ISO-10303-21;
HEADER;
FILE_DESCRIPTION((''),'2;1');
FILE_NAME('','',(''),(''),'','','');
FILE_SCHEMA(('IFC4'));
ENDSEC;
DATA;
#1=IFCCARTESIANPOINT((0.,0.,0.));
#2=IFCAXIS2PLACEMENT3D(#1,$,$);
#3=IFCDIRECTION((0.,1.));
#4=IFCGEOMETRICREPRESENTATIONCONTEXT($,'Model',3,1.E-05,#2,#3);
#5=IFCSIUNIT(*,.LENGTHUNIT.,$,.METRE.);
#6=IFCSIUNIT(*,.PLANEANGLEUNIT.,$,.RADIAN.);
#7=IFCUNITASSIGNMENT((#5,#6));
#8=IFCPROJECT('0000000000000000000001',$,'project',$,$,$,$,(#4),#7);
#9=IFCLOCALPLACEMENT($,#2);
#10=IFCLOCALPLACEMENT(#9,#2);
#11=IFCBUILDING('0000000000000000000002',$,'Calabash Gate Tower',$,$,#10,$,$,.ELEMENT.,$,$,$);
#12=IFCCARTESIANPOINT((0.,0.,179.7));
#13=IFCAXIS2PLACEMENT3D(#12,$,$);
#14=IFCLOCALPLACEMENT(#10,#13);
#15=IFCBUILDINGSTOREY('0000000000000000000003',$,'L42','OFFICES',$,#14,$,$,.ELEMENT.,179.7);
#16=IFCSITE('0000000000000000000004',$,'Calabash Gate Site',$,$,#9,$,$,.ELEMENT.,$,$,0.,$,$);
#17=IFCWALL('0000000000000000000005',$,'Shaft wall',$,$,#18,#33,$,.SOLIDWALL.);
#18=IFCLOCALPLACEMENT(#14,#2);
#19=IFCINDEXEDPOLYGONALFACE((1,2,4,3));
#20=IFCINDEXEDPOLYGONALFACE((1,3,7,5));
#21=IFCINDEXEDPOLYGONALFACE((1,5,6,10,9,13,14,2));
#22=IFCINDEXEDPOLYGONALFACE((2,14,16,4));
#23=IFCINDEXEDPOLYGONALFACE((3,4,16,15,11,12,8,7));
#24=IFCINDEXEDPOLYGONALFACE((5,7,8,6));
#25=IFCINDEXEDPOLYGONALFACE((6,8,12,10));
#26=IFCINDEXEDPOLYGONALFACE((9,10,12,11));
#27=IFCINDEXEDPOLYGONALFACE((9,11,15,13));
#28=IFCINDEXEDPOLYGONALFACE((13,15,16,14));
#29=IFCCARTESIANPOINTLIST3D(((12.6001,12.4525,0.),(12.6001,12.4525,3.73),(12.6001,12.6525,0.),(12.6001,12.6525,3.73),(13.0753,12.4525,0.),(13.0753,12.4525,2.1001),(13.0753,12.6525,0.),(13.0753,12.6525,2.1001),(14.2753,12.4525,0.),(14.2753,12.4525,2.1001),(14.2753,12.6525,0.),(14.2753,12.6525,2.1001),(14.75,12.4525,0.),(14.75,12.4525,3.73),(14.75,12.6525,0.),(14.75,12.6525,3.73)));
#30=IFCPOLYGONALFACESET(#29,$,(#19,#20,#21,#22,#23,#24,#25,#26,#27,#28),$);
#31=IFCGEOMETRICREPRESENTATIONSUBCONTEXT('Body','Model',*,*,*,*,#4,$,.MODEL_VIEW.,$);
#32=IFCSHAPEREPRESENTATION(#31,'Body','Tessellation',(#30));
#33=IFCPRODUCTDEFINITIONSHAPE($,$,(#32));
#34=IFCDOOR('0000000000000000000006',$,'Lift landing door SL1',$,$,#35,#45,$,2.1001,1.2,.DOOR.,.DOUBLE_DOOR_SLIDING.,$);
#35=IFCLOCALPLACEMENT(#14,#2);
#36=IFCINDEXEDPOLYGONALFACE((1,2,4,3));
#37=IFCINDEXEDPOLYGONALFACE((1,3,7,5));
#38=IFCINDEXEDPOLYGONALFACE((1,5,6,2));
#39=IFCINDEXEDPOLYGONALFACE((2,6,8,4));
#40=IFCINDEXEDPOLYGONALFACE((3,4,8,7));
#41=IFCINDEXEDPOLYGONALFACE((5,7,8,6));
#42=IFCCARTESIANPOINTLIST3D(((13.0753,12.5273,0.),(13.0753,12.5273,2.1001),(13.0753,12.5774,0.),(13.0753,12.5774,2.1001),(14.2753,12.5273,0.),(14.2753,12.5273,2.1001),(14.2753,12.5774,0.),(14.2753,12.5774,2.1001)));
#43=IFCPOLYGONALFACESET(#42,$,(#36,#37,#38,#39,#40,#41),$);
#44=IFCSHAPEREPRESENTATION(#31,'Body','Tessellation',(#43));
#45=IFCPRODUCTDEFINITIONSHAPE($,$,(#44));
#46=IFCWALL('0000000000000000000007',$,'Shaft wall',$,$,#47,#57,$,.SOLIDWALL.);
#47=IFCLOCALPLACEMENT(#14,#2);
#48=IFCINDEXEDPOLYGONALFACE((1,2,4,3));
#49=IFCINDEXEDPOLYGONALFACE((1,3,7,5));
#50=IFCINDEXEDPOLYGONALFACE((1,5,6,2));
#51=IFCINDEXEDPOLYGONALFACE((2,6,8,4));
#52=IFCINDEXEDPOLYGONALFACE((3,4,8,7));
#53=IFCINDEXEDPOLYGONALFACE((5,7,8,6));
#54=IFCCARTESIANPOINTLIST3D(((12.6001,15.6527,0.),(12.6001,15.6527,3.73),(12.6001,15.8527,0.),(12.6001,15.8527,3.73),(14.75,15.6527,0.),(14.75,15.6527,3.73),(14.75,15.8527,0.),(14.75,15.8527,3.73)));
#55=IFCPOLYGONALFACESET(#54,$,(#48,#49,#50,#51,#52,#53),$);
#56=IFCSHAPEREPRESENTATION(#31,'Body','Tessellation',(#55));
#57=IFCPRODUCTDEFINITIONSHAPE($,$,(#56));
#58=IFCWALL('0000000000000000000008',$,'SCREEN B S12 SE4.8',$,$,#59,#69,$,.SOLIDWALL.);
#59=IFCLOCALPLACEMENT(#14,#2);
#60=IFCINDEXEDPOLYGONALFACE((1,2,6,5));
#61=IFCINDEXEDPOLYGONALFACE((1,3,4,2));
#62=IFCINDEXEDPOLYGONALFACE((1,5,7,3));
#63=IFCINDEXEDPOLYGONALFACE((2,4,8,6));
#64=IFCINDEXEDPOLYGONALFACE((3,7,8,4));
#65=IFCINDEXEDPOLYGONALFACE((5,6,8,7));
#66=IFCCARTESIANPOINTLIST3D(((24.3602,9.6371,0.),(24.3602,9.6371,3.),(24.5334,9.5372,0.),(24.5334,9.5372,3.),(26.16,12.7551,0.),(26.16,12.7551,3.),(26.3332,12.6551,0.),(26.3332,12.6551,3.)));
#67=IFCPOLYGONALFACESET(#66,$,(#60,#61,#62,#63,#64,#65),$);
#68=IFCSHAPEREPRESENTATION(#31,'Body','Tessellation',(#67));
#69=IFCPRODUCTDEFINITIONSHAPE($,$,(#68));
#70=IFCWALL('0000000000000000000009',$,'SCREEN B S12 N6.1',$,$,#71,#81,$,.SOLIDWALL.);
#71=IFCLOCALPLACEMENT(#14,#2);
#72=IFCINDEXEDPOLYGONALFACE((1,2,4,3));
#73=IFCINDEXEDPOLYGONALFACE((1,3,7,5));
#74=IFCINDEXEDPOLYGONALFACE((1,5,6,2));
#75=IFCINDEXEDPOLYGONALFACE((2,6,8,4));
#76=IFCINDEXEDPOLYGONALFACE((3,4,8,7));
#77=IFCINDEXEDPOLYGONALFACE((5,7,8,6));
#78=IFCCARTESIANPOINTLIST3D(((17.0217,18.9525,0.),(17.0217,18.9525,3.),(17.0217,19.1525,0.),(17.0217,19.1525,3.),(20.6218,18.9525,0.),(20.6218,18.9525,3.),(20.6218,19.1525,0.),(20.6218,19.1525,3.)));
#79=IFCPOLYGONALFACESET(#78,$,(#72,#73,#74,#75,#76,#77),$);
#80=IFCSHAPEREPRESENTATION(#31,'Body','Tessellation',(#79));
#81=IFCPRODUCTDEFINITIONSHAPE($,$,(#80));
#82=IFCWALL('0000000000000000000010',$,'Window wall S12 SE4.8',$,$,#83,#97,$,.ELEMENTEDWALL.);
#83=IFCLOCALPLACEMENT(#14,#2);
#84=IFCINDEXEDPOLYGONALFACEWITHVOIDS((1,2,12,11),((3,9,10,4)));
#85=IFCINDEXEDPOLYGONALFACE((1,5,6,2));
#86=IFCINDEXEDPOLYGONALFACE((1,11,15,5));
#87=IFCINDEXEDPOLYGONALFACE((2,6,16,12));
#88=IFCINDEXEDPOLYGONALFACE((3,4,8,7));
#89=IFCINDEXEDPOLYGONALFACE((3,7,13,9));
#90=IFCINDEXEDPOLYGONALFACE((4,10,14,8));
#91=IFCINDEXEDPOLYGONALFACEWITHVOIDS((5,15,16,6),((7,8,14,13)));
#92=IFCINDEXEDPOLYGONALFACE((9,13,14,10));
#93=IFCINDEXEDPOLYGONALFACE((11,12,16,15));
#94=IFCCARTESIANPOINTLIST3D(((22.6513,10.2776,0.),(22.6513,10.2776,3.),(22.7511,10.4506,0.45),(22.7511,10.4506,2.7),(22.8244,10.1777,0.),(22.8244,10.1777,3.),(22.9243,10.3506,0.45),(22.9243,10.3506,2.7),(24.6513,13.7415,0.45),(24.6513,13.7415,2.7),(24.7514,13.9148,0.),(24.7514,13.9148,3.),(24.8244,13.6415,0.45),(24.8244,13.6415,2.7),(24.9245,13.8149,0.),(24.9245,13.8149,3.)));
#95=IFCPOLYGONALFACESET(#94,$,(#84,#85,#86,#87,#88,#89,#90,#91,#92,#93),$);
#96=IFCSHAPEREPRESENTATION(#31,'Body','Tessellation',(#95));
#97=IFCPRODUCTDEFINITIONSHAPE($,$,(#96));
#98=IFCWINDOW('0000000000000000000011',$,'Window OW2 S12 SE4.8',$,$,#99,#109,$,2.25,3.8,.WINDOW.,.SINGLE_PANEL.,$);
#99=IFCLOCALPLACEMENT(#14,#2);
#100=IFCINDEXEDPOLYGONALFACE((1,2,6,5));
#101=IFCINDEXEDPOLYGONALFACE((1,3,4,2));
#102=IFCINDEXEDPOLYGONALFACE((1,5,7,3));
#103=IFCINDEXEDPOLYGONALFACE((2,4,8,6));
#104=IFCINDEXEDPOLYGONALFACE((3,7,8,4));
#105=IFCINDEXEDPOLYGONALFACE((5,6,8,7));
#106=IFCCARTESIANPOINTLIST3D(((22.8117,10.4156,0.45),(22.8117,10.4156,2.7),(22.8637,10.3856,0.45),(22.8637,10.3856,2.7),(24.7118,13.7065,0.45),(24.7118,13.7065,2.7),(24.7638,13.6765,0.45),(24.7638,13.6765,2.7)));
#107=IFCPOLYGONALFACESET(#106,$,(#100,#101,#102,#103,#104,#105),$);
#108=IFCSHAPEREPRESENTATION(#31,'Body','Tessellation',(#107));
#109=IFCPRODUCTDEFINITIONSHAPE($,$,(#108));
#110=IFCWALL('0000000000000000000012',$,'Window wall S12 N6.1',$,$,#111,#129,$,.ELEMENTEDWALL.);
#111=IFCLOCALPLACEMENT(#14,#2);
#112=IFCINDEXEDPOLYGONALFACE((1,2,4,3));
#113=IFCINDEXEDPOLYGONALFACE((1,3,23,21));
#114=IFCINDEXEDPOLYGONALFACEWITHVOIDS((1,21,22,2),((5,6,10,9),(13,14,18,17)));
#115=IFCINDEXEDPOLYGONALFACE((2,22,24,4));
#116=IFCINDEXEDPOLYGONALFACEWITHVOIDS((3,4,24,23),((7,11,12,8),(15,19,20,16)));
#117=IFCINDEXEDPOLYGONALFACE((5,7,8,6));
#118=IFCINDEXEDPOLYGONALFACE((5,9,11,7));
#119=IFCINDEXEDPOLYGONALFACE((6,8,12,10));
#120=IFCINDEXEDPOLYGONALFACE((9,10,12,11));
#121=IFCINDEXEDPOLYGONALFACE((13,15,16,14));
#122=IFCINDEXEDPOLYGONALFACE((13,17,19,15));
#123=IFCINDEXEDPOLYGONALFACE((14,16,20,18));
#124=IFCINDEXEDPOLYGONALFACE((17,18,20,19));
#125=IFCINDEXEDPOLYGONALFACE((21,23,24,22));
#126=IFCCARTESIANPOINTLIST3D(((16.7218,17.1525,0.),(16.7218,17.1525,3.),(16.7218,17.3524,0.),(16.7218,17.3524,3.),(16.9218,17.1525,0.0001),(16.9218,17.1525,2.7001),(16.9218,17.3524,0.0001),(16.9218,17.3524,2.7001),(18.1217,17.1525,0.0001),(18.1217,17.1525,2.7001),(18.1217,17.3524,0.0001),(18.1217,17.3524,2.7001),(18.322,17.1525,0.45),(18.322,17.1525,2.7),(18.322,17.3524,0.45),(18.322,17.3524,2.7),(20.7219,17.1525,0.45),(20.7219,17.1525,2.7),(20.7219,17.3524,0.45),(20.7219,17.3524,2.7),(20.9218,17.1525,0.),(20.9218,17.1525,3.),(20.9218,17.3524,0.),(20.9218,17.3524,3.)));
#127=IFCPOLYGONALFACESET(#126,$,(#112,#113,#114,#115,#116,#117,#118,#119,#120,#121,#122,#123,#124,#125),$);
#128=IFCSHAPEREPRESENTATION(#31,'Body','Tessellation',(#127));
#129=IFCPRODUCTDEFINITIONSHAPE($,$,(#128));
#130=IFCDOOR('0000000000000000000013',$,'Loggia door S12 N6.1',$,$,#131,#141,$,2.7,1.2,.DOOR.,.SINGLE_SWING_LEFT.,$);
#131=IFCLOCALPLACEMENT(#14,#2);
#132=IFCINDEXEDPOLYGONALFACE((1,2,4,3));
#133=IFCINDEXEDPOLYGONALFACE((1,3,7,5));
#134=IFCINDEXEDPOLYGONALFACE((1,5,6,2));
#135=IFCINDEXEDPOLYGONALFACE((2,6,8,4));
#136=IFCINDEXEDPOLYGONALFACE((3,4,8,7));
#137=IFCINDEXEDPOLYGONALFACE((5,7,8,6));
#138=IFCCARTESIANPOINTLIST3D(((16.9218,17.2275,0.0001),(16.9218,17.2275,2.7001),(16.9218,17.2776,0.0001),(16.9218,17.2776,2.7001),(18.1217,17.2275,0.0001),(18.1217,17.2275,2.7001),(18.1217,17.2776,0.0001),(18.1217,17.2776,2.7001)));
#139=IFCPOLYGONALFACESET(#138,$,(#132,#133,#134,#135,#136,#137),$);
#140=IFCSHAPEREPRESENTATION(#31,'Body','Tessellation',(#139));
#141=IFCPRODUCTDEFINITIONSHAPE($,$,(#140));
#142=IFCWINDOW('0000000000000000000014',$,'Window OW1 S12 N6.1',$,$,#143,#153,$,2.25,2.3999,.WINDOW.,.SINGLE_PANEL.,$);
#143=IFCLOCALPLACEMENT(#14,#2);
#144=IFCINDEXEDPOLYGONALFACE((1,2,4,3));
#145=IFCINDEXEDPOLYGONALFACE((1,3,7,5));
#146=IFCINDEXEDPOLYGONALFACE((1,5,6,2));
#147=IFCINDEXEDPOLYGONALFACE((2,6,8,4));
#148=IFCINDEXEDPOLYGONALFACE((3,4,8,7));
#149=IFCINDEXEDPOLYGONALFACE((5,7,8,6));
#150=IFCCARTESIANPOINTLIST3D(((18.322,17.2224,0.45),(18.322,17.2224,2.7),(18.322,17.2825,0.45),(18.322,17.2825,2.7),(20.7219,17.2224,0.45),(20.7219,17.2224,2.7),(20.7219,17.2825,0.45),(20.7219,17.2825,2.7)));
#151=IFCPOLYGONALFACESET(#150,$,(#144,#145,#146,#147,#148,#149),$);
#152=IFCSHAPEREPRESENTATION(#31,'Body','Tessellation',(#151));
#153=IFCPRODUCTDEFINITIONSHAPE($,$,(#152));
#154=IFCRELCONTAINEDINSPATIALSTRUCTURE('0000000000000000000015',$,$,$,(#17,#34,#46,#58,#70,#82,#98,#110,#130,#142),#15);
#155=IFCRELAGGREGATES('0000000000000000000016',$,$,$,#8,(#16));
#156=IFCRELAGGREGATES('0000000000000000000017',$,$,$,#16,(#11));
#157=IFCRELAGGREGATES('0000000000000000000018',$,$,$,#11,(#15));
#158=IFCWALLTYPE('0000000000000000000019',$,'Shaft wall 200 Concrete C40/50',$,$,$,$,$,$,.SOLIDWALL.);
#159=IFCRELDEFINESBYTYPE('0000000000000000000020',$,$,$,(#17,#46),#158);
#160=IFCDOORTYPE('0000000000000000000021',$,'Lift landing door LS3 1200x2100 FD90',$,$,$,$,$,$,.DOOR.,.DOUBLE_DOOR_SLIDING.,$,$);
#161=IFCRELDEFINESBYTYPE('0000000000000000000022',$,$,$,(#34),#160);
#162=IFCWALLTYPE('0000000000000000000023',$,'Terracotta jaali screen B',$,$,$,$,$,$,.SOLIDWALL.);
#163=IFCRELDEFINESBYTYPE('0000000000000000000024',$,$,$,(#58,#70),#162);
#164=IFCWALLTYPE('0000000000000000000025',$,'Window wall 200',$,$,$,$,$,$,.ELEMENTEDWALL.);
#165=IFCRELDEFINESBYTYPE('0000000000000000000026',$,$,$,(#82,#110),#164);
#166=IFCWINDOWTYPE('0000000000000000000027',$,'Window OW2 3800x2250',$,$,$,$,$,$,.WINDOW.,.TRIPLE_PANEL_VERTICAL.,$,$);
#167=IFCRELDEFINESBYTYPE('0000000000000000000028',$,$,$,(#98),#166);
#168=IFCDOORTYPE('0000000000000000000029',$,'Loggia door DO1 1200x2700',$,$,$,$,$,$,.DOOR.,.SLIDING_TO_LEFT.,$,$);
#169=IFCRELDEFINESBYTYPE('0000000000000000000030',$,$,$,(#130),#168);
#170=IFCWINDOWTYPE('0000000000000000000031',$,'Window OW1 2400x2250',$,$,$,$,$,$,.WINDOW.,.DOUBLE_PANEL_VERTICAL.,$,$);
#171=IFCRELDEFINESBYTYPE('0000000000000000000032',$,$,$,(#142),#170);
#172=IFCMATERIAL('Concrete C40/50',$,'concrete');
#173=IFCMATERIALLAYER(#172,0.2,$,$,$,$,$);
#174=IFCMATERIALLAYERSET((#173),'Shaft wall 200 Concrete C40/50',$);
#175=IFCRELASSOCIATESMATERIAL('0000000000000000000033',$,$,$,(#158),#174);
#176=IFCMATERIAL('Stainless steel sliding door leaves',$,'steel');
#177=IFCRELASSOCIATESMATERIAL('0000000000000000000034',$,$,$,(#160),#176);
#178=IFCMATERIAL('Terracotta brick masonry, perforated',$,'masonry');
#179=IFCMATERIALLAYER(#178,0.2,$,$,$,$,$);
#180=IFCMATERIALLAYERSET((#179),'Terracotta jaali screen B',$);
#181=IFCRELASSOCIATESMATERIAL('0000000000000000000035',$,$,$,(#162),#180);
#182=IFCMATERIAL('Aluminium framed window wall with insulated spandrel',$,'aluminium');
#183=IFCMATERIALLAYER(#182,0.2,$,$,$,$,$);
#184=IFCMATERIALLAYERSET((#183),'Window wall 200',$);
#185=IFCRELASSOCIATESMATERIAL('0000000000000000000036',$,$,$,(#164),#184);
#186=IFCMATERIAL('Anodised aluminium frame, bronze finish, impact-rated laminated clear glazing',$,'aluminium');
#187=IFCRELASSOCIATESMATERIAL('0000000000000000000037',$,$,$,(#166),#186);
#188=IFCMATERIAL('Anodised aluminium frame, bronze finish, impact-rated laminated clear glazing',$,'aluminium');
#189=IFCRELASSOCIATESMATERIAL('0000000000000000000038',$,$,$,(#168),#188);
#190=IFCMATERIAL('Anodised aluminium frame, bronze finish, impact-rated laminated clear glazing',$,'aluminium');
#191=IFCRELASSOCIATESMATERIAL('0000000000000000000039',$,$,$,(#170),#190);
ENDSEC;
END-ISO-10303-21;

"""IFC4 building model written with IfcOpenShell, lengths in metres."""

from ifc_helpers import new_model, si_unit, direction, frame, frame_2d, origin, place, context, subcontext, project, spatial, rectangle, extrude, material, layer, layer_set, type_object, element, fill, save


model = new_model("IFC4")

# Units and contexts
model_context = context("Model", 3, precision=1e-05, world=origin(), true_north=direction((0.0, 1.0)))
body_context = subcontext(model_context, "Body", "Model", "MODEL_VIEW")
ifc_project = project(units=[si_unit("LENGTHUNIT", "METRE"), si_unit("PLANEANGLEUNIT", "RADIAN")], contexts=[model_context])

# Site, building, storey
site_placement = place(None, origin())
site = spatial("IfcSite", under=ifc_project, at=site_placement, Name="Calabash Gate Site", CompositionType="ELEMENT", RefElevation=0.0)
building_placement = place(site_placement, origin())
building = spatial("IfcBuilding", under=site, at=building_placement, Name="Calabash Gate Tower", CompositionType="ELEMENT")
storey_placement = place(building_placement, frame((0.0, 0.0, 179.7)))
storey = spatial("IfcBuildingStorey", under=building, at=storey_placement, Name="L42", Description="OFFICES", CompositionType="ELEMENT", Elevation=179.7)

# Shared definitions
ifc_material_1 = material(Name="Concrete C40/50", Category="concrete")
ifc_layer_1 = layer(ifc_material_1, 0.2)
ifc_layer_set_1 = layer_set([ifc_layer_1], Name="Shaft wall 200 Concrete C40/50")
wall_type_1 = type_object("IfcWallType", Name="Shaft wall 200 Concrete C40/50", PredefinedType="SOLIDWALL", material=ifc_layer_set_1)

# Wall, opening, door
wall_1_placement = place(storey_placement, frame((12.6001, 12.5525, 0.0), z_axis=(0.0, 0.0, 1.0), x_axis=(1.0, 0.0, 0.0)))
wall_1 = element("IfcWall", 1, at=wall_1_placement, inside=storey, type_object=wall_type_1, Name="Shaft wall", PredefinedType="SOLIDWALL", context=body_context, shape_type="SweptSolid", body=[
    extrude(rectangle(XDim=2.1499, YDim=0.2, at=frame_2d((1.075, 0.0))), origin(), (0.0, 0.0, 1.0), 3.73),
])
opening_1_placement = place(wall_1_placement, frame((0.4751, 0.0, 0.0)))
opening_1 = element("IfcOpeningElement", 2, at=opening_1_placement, cuts=wall_1, PredefinedType="OPENING", context=body_context, shape_type="SweptSolid", body=[
    extrude(rectangle(XDim=1.2, YDim=2.1001, at=frame_2d((0.6001, 1.05))), frame((0.0, 0.1099, 0.0), z_axis=(0.0, -1.0, 0.0), x_axis=(1.0, 0.0, 0.0)), (0.0, 0.0, 1.0), 0.22),
])
ifc_material_2 = material(Name="Stainless steel sliding door leaves", Category="steel")
door_type_1 = type_object("IfcDoorType", Name="Lift landing door LS3 1200x2100 FD90", OperationType="DOUBLE_DOOR_SLIDING", PredefinedType="DOOR", material=ifc_material_2)
door_1_placement = place(opening_1_placement, origin())
door_1 = element("IfcDoor", 3, at=door_1_placement, inside=storey, type_object=door_type_1, Name="Lift landing door SL1", OperationType="DOUBLE_DOOR_SLIDING", OverallHeight=2.1001, OverallWidth=1.2, PredefinedType="DOOR", context=body_context, shape_type="SweptSolid", body=[
    extrude(rectangle(XDim=1.2, YDim=2.1001, at=frame_2d((0.6001, 1.05))), frame((0.0, 0.0249, 0.0), z_axis=(0.0, -1.0, 0.0), x_axis=(1.0, 0.0, 0.0)), (0.0, 0.0, 1.0), 0.05),
])
fill(opening_1, door_1)

# Walls
wall_2_placement = place(storey_placement, frame((12.6001, 15.7527, 0.0), z_axis=(0.0, 0.0, 1.0), x_axis=(1.0, 0.0, 0.0)))
element("IfcWall", 4, at=wall_2_placement, inside=storey, type_object=wall_type_1, Name="Shaft wall", PredefinedType="SOLIDWALL", context=body_context, shape_type="SweptSolid", body=[
    extrude(rectangle(XDim=2.1499, YDim=0.2, at=frame_2d((1.075, 0.0))), origin(), (0.0, 0.0, 1.0), 3.73),
])
ifc_material_3 = material(Name="Terracotta brick masonry, perforated", Category="masonry")
ifc_layer_2 = layer(ifc_material_3, 0.2)
ifc_layer_set_2 = layer_set([ifc_layer_2], Name="Terracotta jaali screen B")
wall_type_2 = type_object("IfcWallType", Name="Terracotta jaali screen B", PredefinedType="SOLIDWALL", material=ifc_layer_set_2)
for number, where, z_axis, x_axis, name in (
    (5, (24.4468, 9.5872, 0.0), (0.0, 0.0, 1.0), (0.499932, 0.866065, 0.0), "SCREEN B S12 SE4.8"),
    (6, (20.6218, 19.0525, 0.0), (0.0, 0.0, 1.0), (-1.0, 0.0, 0.0), "SCREEN B S12 N6.1"),
):
    element("IfcWall", number, at=place(storey_placement, frame(where, z_axis=z_axis, x_axis=x_axis)), inside=storey, type_object=wall_type_2, Name=name, PredefinedType="SOLIDWALL", context=body_context, shape_type="SweptSolid", body=[
        extrude(rectangle(XDim=3.6001, YDim=0.2, at=frame_2d((1.8, 0.0))), origin(), (0.0, 0.0, 1.0), 3.0),
    ])

# Wall, opening, window
ifc_material_4 = material(Name="Aluminium framed window wall with insulated spandrel", Category="aluminium")
ifc_layer_3 = layer(ifc_material_4, 0.2)
ifc_layer_set_3 = layer_set([ifc_layer_3], Name="Window wall 200")
wall_type_3 = type_object("IfcWallType", Name="Window wall 200", PredefinedType="ELEMENTEDWALL", material=ifc_layer_set_3)
wall_3_placement = place(storey_placement, frame((22.7378, 10.2275, 0.0), z_axis=(0.0, 0.0, 1.0), x_axis=(0.500028, 0.866009, 0.0)))
wall_3 = element("IfcWall", 7, at=wall_3_placement, inside=storey, type_object=wall_type_3, Name="Window wall S12 SE4.8", PredefinedType="ELEMENTEDWALL", context=body_context, shape_type="SweptSolid", body=[
    extrude(rectangle(XDim=4.2, YDim=0.2, at=frame_2d((2.1001, 0.0))), origin(), (0.0, 0.0, 1.0), 3.0),
])
opening_2_placement = place(wall_3_placement, frame((0.2, 0.0, 0.45)))
opening_2 = element("IfcOpeningElement", 8, at=opening_2_placement, cuts=wall_3, PredefinedType="OPENING", context=body_context, shape_type="SweptSolid", body=[
    extrude(rectangle(XDim=3.8, YDim=2.25, at=frame_2d((1.8999, 1.125))), frame((0.0, 0.1099, 0.0), z_axis=(0.0, -1.0, 0.0), x_axis=(1.0, 0.0, 0.0)), (0.0, 0.0, 1.0), 0.22),
])
ifc_material_5 = material(Name="Anodised aluminium frame, bronze finish, impact-rated laminated clear glazing", Category="aluminium")
window_type_1 = type_object("IfcWindowType", Name="Window OW2 3800x2250", PartitioningType="TRIPLE_PANEL_VERTICAL", PredefinedType="WINDOW", material=ifc_material_5)
window_1_placement = place(opening_2_placement, origin())
window_1 = element("IfcWindow", 9, at=window_1_placement, inside=storey, type_object=window_type_1, Name="Window OW2 S12 SE4.8", OverallHeight=2.25, OverallWidth=3.8, PartitioningType="SINGLE_PANEL", PredefinedType="WINDOW", context=body_context, shape_type="SweptSolid", body=[
    extrude(rectangle(XDim=3.8, YDim=2.25, at=frame_2d((1.8999, 1.125))), frame((0.0, 0.03, 0.0), z_axis=(0.0, -1.0, 0.0), x_axis=(1.0, 0.0, 0.0)), (0.0, 0.0, 1.0), 0.0601),
])
fill(opening_2, window_1)

# Wall, openings, door, window
wall_4_placement = place(storey_placement, frame((20.9219, 17.2524, 0.0), z_axis=(0.0, 0.0, 1.0), x_axis=(-1.0, 0.0, 0.0)))
wall_4 = element("IfcWall", 10, at=wall_4_placement, inside=storey, type_object=wall_type_3, Name="Window wall S12 N6.1", PredefinedType="ELEMENTEDWALL", context=body_context, shape_type="SweptSolid", body=[
    extrude(rectangle(XDim=4.2, YDim=0.2, at=frame_2d((2.1001, 0.0))), origin(), (0.0, 0.0, 1.0), 3.0),
])
opening_3_placement = place(wall_4_placement, frame((0.2, 0.0, 0.45)))
opening_3 = element("IfcOpeningElement", 11, at=opening_3_placement, cuts=wall_4, PredefinedType="OPENING", context=body_context, shape_type="SweptSolid", body=[
    extrude(rectangle(XDim=2.3999, YDim=2.25, at=frame_2d((1.2, 1.125))), frame((0.0, 0.1099, 0.0), z_axis=(0.0, -1.0, 0.0), x_axis=(1.0, 0.0, 0.0)), (0.0, 0.0, 1.0), 0.22),
])
opening_4_placement = place(wall_4_placement, frame((2.8, 0.0, 0.0)))
opening_4 = element("IfcOpeningElement", 12, at=opening_4_placement, cuts=wall_4, PredefinedType="OPENING", context=body_context, shape_type="SweptSolid", body=[
    extrude(rectangle(XDim=1.2, YDim=2.7, at=frame_2d((0.6001, 1.3501))), frame((0.0, 0.1099, 0.0), z_axis=(0.0, -1.0, 0.0), x_axis=(1.0, 0.0, 0.0)), (0.0, 0.0, 1.0), 0.22),
])
ifc_material_6 = material(Name="Anodised aluminium frame, bronze finish, impact-rated laminated clear glazing", Category="aluminium")
door_type_2 = type_object("IfcDoorType", Name="Loggia door DO1 1200x2700", OperationType="SLIDING_TO_LEFT", PredefinedType="DOOR", material=ifc_material_6)
door_2_placement = place(opening_4_placement, origin())
door_2 = element("IfcDoor", 13, at=door_2_placement, inside=storey, type_object=door_type_2, Name="Loggia door S12 N6.1", OperationType="SINGLE_SWING_LEFT", OverallHeight=2.7, OverallWidth=1.2, PredefinedType="DOOR", context=body_context, shape_type="SweptSolid", body=[
    extrude(rectangle(XDim=1.2, YDim=2.7, at=frame_2d((0.6001, 1.3501))), frame((0.0, 0.0249, 0.0), z_axis=(0.0, -1.0, 0.0), x_axis=(1.0, 0.0, 0.0)), (0.0, 0.0, 1.0), 0.05),
])
fill(opening_4, door_2)
ifc_material_7 = material(Name="Anodised aluminium frame, bronze finish, impact-rated laminated clear glazing", Category="aluminium")
window_type_2 = type_object("IfcWindowType", Name="Window OW1 2400x2250", PartitioningType="DOUBLE_PANEL_VERTICAL", PredefinedType="WINDOW", material=ifc_material_7)
window_2_placement = place(opening_3_placement, origin())
window_2 = element("IfcWindow", 14, at=window_2_placement, inside=storey, type_object=window_type_2, Name="Window OW1 S12 N6.1", OverallHeight=2.25, OverallWidth=2.3999, PartitioningType="SINGLE_PANEL", PredefinedType="WINDOW", context=body_context, shape_type="SweptSolid", body=[
    extrude(rectangle(XDim=2.3999, YDim=2.25, at=frame_2d((1.2, 1.125))), frame((0.0, 0.03, 0.0), z_axis=(0.0, -1.0, 0.0), x_axis=(1.0, 0.0, 0.0)), (0.0, 0.0, 1.0), 0.0601),
])
fill(opening_3, window_2)

save(model, "model.ifc")
